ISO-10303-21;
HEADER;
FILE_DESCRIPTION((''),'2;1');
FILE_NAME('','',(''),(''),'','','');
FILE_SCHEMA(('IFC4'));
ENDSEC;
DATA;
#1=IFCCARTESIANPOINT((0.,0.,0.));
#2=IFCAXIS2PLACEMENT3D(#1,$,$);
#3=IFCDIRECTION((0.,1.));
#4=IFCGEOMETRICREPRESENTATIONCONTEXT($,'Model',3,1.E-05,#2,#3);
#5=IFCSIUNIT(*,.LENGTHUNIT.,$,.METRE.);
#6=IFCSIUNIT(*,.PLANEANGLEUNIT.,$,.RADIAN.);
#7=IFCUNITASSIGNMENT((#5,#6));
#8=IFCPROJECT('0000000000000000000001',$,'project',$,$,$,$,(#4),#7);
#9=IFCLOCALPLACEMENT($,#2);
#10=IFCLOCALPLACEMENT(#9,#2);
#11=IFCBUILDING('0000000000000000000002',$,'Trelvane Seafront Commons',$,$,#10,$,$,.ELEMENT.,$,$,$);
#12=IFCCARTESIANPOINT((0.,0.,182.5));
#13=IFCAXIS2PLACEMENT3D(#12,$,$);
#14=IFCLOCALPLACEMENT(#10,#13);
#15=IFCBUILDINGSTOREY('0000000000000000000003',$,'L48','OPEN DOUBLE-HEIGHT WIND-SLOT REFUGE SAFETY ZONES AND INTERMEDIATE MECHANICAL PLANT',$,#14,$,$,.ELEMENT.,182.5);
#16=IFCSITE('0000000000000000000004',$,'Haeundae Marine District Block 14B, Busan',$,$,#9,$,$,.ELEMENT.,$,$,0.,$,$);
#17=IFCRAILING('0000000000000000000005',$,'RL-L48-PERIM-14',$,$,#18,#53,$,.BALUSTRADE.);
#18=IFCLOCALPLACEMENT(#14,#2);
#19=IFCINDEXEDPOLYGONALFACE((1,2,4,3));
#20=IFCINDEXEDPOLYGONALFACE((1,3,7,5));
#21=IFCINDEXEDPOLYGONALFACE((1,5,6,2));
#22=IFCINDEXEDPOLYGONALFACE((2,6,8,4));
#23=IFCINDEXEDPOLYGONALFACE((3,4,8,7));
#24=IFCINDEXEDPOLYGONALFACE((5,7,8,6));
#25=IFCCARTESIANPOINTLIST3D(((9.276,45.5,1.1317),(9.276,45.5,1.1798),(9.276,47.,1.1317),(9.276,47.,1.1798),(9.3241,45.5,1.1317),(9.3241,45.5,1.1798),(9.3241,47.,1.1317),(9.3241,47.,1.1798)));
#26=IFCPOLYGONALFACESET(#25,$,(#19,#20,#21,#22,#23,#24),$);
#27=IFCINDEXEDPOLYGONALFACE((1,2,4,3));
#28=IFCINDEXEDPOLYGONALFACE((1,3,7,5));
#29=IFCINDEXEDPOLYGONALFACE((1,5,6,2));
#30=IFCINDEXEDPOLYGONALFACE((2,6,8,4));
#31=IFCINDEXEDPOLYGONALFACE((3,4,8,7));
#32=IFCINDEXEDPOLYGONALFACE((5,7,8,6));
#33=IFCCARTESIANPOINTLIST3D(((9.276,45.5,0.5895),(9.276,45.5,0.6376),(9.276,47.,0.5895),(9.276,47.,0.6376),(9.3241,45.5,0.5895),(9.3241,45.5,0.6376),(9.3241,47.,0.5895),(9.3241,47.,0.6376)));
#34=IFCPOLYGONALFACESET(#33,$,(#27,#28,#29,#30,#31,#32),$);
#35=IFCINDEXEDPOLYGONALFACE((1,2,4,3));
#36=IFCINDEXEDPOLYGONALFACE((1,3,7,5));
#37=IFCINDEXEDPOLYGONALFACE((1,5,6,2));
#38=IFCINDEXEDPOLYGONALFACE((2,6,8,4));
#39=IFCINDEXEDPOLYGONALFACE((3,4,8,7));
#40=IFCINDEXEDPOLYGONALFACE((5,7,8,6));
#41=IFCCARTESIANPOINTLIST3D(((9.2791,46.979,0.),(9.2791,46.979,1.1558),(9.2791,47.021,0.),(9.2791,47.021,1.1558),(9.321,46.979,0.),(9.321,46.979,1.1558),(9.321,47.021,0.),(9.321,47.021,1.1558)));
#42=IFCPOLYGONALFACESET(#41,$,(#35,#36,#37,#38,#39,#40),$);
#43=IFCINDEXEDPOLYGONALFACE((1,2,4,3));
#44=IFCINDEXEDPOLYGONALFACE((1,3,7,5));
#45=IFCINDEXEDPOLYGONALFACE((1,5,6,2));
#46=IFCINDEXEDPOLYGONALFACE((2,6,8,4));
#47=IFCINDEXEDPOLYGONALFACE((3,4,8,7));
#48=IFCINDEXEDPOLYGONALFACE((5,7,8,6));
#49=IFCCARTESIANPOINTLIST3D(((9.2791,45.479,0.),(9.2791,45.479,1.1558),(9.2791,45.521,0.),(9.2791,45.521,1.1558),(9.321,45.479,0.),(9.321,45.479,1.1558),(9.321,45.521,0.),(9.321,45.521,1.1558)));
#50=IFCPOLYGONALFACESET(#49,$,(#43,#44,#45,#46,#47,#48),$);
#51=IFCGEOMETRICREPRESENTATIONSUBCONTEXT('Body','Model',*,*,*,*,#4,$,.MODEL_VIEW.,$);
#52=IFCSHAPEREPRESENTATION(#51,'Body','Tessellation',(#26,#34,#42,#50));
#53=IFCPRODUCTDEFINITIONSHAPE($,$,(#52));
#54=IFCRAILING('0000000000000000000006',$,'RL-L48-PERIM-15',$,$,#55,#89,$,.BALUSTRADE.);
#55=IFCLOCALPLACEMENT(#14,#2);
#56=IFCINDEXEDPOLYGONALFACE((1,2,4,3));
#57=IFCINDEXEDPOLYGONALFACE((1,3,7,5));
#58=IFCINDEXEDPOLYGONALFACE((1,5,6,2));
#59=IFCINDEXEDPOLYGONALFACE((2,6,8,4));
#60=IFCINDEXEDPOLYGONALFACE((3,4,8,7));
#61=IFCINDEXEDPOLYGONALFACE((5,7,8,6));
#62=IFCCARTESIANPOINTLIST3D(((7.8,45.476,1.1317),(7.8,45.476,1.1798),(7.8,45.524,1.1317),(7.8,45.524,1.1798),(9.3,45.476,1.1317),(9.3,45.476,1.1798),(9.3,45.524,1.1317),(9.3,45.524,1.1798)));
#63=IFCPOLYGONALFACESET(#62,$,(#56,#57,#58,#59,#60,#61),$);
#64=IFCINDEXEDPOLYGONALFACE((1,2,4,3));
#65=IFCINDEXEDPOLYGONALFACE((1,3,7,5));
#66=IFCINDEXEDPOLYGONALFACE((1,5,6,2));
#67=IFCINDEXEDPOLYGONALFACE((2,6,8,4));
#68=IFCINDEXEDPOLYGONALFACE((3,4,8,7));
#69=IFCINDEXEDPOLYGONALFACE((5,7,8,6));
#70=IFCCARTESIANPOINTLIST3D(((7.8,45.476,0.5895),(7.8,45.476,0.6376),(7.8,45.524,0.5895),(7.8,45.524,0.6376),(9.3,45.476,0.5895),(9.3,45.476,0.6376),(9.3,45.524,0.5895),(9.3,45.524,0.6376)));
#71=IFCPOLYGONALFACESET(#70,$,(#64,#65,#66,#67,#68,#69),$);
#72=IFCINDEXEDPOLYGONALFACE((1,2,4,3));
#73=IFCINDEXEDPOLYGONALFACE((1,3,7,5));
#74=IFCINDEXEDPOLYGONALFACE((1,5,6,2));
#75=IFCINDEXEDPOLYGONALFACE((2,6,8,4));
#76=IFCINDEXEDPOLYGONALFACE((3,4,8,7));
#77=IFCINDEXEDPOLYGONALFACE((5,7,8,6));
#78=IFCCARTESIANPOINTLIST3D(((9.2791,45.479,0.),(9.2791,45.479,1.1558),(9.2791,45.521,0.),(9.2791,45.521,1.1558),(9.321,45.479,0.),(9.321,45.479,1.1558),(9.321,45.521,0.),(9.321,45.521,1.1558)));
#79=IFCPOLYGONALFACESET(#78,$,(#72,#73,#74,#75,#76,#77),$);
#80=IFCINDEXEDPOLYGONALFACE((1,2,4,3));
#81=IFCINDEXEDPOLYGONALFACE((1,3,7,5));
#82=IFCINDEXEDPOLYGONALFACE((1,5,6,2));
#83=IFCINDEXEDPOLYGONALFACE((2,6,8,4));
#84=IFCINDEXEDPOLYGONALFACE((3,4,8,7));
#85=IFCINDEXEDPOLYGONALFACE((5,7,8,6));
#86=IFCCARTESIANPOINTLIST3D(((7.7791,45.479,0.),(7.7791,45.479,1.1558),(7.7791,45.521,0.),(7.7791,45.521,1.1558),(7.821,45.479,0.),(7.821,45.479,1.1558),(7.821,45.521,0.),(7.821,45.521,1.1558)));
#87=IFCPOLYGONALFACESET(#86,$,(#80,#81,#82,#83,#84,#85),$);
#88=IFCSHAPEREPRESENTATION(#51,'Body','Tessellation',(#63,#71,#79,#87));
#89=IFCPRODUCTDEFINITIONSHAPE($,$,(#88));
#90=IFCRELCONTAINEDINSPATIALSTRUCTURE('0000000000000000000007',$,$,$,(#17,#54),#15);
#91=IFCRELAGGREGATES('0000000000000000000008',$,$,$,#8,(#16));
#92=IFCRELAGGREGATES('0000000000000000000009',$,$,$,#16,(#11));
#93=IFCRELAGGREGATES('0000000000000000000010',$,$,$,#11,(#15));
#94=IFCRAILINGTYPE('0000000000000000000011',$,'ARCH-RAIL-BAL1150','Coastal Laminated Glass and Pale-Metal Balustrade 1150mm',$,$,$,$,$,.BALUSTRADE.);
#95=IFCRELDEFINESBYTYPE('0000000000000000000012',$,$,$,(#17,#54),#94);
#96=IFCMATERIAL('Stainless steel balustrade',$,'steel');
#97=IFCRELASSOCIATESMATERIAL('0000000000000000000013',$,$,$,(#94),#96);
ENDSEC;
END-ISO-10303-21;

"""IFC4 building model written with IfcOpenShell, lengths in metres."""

from ifc_helpers import new_model, si_unit, direction, frame, origin, origin_2d, place, context, subcontext, project, spatial, rectangle, extrude, material, type_object, element, save


model = new_model("IFC4")

# Units and contexts
model_context = context("Model", 3, precision=1e-05, world=origin(), true_north=direction((0.0, 1.0)))
body_context = subcontext(model_context, "Body", "Model", "MODEL_VIEW")
ifc_project = project(units=[si_unit("LENGTHUNIT", "METRE"), si_unit("PLANEANGLEUNIT", "RADIAN")], contexts=[model_context])

# Site, building, storey
site_placement = place(None, origin())
site = spatial("IfcSite", under=ifc_project, at=site_placement, Name="Haeundae Marine District Block 14B, Busan", CompositionType="ELEMENT", RefElevation=0.0)
building_placement = place(site_placement, origin())
building = spatial("IfcBuilding", under=site, at=building_placement, Name="Trelvane Seafront Commons", CompositionType="ELEMENT")
storey_placement = place(building_placement, frame((0.0, 0.0, 182.5)))
storey = spatial("IfcBuildingStorey", under=building, at=storey_placement, Name="L48", Description="OPEN DOUBLE-HEIGHT WIND-SLOT REFUGE SAFETY ZONES AND INTERMEDIATE MECHANICAL PLANT", CompositionType="ELEMENT", Elevation=182.5)

# Railings
ifc_material_1 = material(Name="Stainless steel balustrade", Category="steel")
railing_type_1 = type_object("IfcRailingType", Name="ARCH-RAIL-BAL1150", Description="Coastal Laminated Glass and Pale-Metal Balustrade 1150mm", PredefinedType="BALUSTRADE", material=ifc_material_1)
railing_1_placement = place(storey_placement, frame((9.3, 47.0, 0.0)))
element("IfcRailing", 1, at=railing_1_placement, inside=storey, type_object=railing_type_1, Name="RL-L48-PERIM-14", PredefinedType="BALUSTRADE", context=body_context, shape_type="SweptSolid", body=[
    extrude(rectangle(XDim=0.0481, YDim=0.0481, at=origin_2d()), frame((0.0, 0.0, 1.1558), z_axis=(0.0, -1.0, 0.0), x_axis=(1.0, 0.0, 0.0)), (0.0, 0.0, 1.0), 1.5),
    extrude(rectangle(XDim=0.0481, YDim=0.0481, at=origin_2d()), frame((0.0, 0.0, 0.6135), z_axis=(0.0, -1.0, 0.0), x_axis=(1.0, 0.0, 0.0)), (0.0, 0.0, 1.0), 1.5),
    extrude(rectangle(XDim=0.042, YDim=0.042, at=origin_2d()), origin(), (0.0, 0.0, 1.0), 1.1558),
    extrude(rectangle(XDim=0.042, YDim=0.042, at=origin_2d()), frame((0.0, -1.5, 0.0)), (0.0, 0.0, 1.0), 1.1558),
])
railing_2_placement = place(storey_placement, frame((9.3, 45.5, 0.0)))
element("IfcRailing", 2, at=railing_2_placement, inside=storey, type_object=railing_type_1, Name="RL-L48-PERIM-15", PredefinedType="BALUSTRADE", context=body_context, shape_type="SweptSolid", body=[
    extrude(rectangle(XDim=0.0481, YDim=0.0481, at=origin_2d()), frame((0.0, 0.0, 1.1558), z_axis=(-1.0, 0.0, 0.0), x_axis=(0.0, -1.0, 0.0)), (0.0, 0.0, 1.0), 1.5),
    extrude(rectangle(XDim=0.0481, YDim=0.0481, at=origin_2d()), frame((0.0, 0.0, 0.6135), z_axis=(-1.0, 0.0, 0.0), x_axis=(0.0, -1.0, 0.0)), (0.0, 0.0, 1.0), 1.5),
    extrude(rectangle(XDim=0.042, YDim=0.042, at=origin_2d()), origin(), (0.0, 0.0, 1.0), 1.1558),
    extrude(rectangle(XDim=0.042, YDim=0.042, at=origin_2d()), frame((-1.5, 0.0, 0.0)), (0.0, 0.0, 1.0), 1.1558),
])

save(model, "model.ifc")
